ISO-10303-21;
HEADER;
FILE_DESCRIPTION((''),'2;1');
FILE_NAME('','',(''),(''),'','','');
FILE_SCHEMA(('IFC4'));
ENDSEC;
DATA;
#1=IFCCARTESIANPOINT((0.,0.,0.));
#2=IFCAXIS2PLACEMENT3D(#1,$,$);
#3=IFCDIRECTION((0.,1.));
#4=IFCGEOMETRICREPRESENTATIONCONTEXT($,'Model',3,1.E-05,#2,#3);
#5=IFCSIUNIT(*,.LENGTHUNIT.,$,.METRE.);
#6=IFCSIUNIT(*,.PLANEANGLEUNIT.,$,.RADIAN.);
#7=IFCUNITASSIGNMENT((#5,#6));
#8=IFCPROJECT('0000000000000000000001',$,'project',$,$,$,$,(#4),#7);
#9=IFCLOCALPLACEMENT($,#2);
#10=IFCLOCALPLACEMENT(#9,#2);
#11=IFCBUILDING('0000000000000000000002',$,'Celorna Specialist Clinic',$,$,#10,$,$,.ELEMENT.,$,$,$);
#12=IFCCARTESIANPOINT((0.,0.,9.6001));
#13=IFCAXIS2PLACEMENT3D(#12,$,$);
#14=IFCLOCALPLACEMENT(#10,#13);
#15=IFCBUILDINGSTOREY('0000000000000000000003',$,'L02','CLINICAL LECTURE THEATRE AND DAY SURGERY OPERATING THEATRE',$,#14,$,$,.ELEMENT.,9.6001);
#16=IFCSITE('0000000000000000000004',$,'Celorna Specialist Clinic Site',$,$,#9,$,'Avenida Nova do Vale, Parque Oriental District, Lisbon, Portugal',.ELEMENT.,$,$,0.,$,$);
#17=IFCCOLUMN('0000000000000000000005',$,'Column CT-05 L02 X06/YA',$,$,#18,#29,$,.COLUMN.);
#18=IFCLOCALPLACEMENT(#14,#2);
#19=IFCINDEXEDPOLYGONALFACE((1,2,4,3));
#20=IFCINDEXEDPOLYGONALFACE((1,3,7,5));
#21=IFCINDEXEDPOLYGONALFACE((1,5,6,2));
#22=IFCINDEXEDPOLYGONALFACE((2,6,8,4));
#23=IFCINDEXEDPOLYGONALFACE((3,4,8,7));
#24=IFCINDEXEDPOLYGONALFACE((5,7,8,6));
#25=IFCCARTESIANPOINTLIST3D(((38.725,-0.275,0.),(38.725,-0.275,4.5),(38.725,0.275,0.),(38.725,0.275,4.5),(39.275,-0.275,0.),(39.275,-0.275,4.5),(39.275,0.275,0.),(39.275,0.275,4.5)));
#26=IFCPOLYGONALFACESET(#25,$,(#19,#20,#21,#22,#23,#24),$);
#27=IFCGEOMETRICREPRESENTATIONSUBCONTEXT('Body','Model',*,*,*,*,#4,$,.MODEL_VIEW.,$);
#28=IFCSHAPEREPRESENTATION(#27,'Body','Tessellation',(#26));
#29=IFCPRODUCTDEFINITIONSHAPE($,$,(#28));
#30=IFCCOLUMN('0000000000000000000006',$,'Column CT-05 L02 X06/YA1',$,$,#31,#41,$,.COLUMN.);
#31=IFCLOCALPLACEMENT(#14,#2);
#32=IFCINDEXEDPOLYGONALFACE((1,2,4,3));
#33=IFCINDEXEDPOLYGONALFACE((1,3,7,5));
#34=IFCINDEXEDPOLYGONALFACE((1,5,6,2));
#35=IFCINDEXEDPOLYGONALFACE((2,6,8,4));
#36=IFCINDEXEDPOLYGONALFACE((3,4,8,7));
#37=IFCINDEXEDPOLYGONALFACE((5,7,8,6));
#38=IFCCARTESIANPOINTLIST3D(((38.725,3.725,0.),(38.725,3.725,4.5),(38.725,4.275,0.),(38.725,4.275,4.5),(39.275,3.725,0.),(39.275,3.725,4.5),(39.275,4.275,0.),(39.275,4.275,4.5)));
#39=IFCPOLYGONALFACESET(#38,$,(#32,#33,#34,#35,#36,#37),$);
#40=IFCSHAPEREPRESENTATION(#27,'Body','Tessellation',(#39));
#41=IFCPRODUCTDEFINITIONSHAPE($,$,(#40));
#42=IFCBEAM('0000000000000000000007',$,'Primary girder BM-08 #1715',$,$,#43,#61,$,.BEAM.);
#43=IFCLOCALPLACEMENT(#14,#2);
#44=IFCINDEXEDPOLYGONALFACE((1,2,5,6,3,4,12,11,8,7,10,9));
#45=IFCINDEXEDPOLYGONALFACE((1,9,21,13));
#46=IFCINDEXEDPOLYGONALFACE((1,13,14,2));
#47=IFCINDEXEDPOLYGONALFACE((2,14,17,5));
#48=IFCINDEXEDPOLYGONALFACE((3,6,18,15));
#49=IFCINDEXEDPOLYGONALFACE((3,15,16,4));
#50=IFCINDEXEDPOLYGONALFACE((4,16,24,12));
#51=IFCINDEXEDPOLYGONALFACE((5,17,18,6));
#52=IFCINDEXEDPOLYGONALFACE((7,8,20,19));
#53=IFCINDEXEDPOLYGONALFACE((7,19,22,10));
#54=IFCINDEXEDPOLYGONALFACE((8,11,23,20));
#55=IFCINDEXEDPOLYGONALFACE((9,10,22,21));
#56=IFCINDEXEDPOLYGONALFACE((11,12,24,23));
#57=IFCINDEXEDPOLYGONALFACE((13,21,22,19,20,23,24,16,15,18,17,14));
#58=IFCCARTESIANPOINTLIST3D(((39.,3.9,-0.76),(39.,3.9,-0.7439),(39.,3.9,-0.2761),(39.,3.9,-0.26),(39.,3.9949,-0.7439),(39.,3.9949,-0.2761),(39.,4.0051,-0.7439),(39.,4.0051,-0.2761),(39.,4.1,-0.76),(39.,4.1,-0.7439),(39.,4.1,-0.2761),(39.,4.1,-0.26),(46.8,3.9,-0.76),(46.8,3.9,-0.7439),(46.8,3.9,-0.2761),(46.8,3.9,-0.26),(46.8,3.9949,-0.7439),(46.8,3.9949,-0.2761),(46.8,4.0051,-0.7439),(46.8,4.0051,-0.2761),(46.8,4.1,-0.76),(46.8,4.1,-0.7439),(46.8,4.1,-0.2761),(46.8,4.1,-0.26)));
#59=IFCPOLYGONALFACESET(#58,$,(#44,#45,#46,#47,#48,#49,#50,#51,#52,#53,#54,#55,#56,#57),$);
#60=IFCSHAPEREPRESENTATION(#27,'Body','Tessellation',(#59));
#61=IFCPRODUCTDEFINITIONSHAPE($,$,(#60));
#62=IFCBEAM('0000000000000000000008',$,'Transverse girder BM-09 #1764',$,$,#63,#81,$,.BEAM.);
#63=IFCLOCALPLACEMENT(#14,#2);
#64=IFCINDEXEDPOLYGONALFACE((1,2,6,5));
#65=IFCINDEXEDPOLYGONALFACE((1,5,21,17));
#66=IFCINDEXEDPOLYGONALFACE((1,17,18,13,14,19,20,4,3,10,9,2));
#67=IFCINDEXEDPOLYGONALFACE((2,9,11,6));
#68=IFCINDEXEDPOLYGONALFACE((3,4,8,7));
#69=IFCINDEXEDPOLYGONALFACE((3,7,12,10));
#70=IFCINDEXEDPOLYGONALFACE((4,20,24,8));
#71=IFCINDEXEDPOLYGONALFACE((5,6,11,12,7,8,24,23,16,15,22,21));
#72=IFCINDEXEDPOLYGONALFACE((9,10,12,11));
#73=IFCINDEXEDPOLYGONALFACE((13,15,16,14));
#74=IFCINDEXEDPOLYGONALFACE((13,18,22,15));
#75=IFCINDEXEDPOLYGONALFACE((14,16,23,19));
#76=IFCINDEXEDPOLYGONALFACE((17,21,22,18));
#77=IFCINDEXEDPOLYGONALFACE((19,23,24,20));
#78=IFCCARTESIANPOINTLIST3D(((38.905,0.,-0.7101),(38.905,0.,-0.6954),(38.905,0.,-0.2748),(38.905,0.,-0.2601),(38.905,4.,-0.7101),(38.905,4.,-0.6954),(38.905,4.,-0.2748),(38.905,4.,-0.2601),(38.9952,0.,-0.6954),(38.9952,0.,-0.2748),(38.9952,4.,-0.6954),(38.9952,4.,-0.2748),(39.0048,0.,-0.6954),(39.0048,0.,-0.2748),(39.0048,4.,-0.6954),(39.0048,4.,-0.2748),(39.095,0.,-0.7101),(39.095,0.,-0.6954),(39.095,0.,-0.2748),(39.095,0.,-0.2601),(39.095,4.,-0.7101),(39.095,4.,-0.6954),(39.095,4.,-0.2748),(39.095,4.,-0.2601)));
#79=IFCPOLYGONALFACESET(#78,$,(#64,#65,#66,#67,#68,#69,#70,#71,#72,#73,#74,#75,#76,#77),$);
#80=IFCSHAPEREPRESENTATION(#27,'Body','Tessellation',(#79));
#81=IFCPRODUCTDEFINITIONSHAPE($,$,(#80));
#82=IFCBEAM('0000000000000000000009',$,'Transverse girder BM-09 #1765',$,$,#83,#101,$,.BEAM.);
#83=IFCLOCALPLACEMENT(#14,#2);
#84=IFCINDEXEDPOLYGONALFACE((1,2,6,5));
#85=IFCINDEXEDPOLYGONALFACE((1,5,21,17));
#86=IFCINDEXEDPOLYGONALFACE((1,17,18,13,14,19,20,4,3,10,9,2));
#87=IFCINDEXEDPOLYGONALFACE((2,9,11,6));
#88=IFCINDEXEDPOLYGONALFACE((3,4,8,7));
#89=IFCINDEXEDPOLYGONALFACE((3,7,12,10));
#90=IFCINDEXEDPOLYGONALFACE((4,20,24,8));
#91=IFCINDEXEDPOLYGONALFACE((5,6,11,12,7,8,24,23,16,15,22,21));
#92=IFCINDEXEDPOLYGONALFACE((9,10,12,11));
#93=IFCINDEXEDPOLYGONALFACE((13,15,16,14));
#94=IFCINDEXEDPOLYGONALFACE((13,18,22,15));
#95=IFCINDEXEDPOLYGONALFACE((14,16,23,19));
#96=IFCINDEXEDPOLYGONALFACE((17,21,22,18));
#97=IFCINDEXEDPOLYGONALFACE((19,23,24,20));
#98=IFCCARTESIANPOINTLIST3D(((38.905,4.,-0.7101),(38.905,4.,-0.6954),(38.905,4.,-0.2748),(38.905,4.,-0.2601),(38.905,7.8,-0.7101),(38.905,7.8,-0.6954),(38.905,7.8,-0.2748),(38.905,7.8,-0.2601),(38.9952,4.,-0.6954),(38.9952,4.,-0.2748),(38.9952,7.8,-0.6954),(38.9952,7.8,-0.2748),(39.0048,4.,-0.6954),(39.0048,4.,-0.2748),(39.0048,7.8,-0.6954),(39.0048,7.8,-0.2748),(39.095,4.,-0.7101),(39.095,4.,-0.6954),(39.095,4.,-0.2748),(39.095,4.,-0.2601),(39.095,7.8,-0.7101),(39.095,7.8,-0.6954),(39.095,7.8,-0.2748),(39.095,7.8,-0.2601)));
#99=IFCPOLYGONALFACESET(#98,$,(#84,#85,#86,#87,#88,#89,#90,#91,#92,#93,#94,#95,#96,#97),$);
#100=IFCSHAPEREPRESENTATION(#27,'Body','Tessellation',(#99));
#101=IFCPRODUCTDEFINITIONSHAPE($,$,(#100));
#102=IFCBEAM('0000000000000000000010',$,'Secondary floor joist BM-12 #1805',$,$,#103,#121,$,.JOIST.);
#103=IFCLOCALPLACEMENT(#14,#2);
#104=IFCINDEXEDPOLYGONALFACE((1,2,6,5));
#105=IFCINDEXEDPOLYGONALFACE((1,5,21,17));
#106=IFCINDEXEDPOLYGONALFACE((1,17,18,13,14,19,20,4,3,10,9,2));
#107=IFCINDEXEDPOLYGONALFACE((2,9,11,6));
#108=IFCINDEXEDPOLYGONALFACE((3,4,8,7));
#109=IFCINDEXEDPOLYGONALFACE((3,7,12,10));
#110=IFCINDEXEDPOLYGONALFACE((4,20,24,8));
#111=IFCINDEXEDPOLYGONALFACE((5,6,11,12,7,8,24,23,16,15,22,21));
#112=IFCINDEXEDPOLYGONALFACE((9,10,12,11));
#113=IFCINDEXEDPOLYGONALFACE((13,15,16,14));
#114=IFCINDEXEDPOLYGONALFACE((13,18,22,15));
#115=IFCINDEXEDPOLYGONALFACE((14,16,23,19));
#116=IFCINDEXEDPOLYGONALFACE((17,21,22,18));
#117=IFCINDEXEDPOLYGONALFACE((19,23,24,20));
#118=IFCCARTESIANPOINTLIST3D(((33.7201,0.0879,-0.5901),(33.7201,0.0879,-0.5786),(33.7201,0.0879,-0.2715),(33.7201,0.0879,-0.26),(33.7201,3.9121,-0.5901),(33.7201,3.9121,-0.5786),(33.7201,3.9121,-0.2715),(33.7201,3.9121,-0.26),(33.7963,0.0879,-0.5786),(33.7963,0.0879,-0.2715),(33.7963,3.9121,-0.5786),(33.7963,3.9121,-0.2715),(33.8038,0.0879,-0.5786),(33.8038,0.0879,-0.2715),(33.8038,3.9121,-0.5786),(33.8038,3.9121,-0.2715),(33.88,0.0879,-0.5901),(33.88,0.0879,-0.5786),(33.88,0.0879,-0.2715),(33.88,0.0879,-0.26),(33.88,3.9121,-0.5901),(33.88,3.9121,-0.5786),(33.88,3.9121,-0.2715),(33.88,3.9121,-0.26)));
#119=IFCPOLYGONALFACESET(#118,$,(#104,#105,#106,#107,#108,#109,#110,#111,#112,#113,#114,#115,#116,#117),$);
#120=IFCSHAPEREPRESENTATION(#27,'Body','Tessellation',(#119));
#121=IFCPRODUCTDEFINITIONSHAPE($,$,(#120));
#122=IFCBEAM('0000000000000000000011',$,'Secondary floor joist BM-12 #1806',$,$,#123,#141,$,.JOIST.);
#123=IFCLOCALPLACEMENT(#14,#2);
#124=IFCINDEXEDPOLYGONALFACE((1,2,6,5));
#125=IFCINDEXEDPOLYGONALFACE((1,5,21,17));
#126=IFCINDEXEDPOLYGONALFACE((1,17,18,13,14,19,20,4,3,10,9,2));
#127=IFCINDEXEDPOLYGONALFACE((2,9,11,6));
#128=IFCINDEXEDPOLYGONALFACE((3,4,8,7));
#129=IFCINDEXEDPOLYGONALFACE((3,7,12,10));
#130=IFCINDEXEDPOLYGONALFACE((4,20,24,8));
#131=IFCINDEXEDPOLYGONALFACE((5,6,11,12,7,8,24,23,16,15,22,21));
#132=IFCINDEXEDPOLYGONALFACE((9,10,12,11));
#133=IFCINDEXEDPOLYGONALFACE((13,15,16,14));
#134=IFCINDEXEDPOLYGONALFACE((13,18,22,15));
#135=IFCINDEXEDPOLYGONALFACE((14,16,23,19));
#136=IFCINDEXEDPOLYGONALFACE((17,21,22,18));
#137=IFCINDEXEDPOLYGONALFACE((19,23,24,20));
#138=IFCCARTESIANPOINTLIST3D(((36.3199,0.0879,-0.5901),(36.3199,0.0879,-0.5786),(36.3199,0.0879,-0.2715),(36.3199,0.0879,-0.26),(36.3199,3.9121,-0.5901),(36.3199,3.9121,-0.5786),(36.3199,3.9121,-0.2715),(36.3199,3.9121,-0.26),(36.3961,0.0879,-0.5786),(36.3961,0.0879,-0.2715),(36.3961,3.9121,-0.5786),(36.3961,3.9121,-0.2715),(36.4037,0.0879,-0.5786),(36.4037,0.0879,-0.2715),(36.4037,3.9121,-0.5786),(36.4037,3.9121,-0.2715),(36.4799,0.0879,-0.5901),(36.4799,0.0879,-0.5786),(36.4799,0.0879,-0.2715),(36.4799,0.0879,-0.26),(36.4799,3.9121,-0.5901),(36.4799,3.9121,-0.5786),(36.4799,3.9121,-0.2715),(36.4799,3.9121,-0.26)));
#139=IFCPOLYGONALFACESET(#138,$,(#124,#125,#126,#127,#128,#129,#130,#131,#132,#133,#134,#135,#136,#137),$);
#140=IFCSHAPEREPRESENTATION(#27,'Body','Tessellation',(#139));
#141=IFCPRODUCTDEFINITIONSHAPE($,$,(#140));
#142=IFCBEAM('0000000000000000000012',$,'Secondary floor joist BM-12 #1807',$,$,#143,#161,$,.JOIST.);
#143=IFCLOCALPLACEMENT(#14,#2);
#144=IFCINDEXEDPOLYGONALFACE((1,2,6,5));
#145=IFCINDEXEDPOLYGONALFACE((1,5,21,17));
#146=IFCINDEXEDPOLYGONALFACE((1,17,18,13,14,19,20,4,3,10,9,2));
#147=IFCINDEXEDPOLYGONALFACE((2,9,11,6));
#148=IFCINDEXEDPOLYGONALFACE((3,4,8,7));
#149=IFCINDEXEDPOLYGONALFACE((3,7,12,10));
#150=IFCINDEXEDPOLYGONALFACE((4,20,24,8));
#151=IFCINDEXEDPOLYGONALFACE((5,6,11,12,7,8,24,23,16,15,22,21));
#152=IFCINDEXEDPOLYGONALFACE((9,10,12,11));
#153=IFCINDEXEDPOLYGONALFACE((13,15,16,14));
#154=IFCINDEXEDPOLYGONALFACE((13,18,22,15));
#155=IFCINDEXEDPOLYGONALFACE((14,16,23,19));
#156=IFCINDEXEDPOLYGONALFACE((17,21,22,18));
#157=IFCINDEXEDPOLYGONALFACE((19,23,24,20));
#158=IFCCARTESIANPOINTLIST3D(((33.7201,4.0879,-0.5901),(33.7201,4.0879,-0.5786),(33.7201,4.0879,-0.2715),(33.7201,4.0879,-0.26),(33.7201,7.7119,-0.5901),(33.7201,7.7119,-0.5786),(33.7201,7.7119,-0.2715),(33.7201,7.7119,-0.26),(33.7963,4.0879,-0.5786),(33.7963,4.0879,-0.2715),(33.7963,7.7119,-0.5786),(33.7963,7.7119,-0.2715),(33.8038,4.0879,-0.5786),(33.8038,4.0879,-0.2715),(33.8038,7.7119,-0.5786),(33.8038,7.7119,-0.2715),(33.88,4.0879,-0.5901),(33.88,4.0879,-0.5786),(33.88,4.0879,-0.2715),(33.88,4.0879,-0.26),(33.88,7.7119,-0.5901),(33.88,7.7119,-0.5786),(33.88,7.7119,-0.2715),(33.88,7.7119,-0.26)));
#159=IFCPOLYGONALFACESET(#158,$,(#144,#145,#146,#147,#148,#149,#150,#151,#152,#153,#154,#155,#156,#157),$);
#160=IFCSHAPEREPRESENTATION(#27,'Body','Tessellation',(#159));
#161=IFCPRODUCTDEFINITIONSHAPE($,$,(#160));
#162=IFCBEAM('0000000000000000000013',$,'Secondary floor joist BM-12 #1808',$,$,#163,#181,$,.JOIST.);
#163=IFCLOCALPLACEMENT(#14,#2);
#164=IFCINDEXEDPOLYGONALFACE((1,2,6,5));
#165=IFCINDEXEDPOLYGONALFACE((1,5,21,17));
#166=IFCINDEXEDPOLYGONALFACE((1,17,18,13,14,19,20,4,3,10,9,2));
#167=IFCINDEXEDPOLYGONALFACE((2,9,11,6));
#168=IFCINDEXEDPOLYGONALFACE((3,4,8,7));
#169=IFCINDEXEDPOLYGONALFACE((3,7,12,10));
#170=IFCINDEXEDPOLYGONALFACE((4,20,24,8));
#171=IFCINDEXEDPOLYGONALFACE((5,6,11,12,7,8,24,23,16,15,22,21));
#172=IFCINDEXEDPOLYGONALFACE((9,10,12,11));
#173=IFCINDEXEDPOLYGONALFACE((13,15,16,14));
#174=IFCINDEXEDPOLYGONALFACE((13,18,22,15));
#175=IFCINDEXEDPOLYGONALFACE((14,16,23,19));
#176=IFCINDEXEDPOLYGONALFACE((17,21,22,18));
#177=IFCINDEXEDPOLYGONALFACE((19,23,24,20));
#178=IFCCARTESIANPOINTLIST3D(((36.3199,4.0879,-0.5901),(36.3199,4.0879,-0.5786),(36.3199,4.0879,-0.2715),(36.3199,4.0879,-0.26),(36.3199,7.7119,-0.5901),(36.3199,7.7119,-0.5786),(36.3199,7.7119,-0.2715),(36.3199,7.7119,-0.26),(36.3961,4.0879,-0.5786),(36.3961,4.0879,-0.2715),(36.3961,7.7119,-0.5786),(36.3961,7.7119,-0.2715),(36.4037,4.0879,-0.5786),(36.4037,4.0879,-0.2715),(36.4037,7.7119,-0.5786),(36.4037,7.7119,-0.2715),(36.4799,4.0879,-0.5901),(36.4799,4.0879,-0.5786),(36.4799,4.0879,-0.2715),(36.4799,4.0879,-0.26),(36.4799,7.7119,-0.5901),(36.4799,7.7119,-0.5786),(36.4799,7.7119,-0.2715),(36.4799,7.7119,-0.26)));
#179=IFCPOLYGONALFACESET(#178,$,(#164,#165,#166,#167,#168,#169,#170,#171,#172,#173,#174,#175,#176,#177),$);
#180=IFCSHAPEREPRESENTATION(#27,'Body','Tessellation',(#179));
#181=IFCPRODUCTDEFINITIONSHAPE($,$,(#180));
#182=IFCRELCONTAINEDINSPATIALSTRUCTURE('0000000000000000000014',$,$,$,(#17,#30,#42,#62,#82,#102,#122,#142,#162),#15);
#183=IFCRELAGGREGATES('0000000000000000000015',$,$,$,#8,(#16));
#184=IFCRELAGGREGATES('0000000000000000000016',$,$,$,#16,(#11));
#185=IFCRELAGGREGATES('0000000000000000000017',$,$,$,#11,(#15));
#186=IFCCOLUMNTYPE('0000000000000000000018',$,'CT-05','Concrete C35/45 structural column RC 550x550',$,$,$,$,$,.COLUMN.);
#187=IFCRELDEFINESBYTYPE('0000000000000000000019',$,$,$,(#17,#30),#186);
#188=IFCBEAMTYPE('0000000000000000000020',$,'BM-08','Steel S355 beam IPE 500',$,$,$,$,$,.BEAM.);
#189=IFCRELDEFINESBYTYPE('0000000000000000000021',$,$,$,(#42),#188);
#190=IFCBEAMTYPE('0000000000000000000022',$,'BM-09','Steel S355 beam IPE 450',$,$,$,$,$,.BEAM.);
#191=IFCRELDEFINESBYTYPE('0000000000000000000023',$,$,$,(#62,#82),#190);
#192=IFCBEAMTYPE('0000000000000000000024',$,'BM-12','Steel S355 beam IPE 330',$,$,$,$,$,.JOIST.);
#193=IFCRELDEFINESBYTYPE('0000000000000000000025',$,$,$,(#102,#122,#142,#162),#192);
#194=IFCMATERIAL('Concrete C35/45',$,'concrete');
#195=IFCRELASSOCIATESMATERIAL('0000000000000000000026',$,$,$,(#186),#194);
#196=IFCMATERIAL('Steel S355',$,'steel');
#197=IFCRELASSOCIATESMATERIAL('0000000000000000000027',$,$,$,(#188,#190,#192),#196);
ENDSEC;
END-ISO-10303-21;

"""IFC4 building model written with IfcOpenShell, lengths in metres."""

from ifc_helpers import new_model, si_unit, direction, frame, origin, origin_2d, place, context, subcontext, project, spatial, rectangle, i_section, extrude, material, material_profile, profile_set, type_object, element, save


model = new_model("IFC4")

# Units and contexts
model_context = context("Model", 3, precision=1e-05, world=origin(), true_north=direction((0.0, 1.0)))
body_context = subcontext(model_context, "Body", "Model", "MODEL_VIEW")
ifc_project = project(units=[si_unit("LENGTHUNIT", "METRE"), si_unit("PLANEANGLEUNIT", "RADIAN")], contexts=[model_context])

# Site, building, storey
site_placement = place(None, origin())
site = spatial("IfcSite", under=ifc_project, at=site_placement, Name="Celorna Specialist Clinic Site", LongName="Avenida Nova do Vale, Parque Oriental District, Lisbon, Portugal", CompositionType="ELEMENT", RefElevation=0.0)
building_placement = place(site_placement, origin())
building = spatial("IfcBuilding", under=site, at=building_placement, Name="Celorna Specialist Clinic", CompositionType="ELEMENT")
storey_placement = place(building_placement, frame((0.0, 0.0, 9.6001)))
storey = spatial("IfcBuildingStorey", under=building, at=storey_placement, Name="L02", Description="CLINICAL LECTURE THEATRE AND DAY SURGERY OPERATING THEATRE", CompositionType="ELEMENT", Elevation=9.6001)

# Columns
ifc_material_1 = material(Name="Concrete C35/45", Category="concrete")
ifc_material_profile_1 = material_profile(ifc_material_1, rectangle(XDim=0.55, YDim=0.55, at=origin_2d()), Name="RC 550x550")
ifc_profile_set_1 = profile_set([ifc_material_profile_1], Name="Concrete C35/45")
column_type = type_object("IfcColumnType", Name="CT-05", Description="Concrete C35/45 structural column RC 550x550", PredefinedType="COLUMN", material=ifc_profile_set_1)
for number, where, z_axis, x_axis, name in (
    (1, (39.0, 0.0, 0.0), (0.0, 0.0, 1.0), (1.0, 0.0, 0.0), "Column CT-05 L02 X06/YA"),
    (2, (39.0, 4.0, 0.0), (0.0, 0.0, 1.0), (1.0, 0.0, 0.0), "Column CT-05 L02 X06/YA1"),
):
    element("IfcColumn", number, at=place(storey_placement, frame(where, z_axis=z_axis, x_axis=x_axis)), inside=storey, type_object=column_type, Name=name, PredefinedType="COLUMN", context=body_context, shape_type="SweptSolid", body=[
        extrude(rectangle(XDim=0.55, YDim=0.55, at=origin_2d()), origin(), (0.0, 0.0, 1.0), 4.5),
    ])

# Beams
ifc_material_2 = material(Name="Steel S355", Category="steel")
ifc_material_profile_2 = material_profile(ifc_material_2, i_section(OverallWidth=0.2, OverallDepth=0.5, WebThickness=0.0103, FlangeThickness=0.0161, at=origin_2d()), Name="IPE 500")
ifc_profile_set_2 = profile_set([ifc_material_profile_2], Name="Steel S355")
beam_type_1 = type_object("IfcBeamType", Name="BM-08", Description="Steel S355 beam IPE 500", PredefinedType="BEAM", material=ifc_profile_set_2)
beam_1_placement = place(storey_placement, frame((39.0, 4.0, -0.51), z_axis=(1.0, 0.0, 0.0), x_axis=(0.0, 1.0, 0.0)))
element("IfcBeam", 3, at=beam_1_placement, inside=storey, type_object=beam_type_1, Name="Primary girder BM-08 #1715", PredefinedType="BEAM", context=body_context, shape_type="SweptSolid", body=[
    extrude(i_section(OverallWidth=0.2, OverallDepth=0.5, WebThickness=0.0103, FlangeThickness=0.0161, at=origin_2d()), origin(), (0.0, 0.0, 1.0), 7.8),
])
ifc_material_profile_3 = material_profile(ifc_material_2, i_section(OverallWidth=0.1899, OverallDepth=0.45, WebThickness=0.0095, FlangeThickness=0.0146, at=origin_2d()), Name="IPE 450")
ifc_profile_set_3 = profile_set([ifc_material_profile_3], Name="Steel S355")
beam_type_2 = type_object("IfcBeamType", Name="BM-09", Description="Steel S355 beam IPE 450", PredefinedType="BEAM", material=ifc_profile_set_3)
beam_2_placement = place(storey_placement, frame((39.0, 0.0, -0.4851), z_axis=(0.0, 1.0, 0.0), x_axis=(-1.0, 0.0, 0.0)))
element("IfcBeam", 4, at=beam_2_placement, inside=storey, type_object=beam_type_2, Name="Transverse girder BM-09 #1764", PredefinedType="BEAM", context=body_context, shape_type="SweptSolid", body=[
    extrude(i_section(OverallWidth=0.1899, OverallDepth=0.45, WebThickness=0.0095, FlangeThickness=0.0146, at=origin_2d()), origin(), (0.0, 0.0, 1.0), 4.0),
])
beam_3_placement = place(storey_placement, frame((39.0, 4.0, -0.4851), z_axis=(0.0, 1.0, 0.0), x_axis=(-1.0, 0.0, 0.0)))
element("IfcBeam", 5, at=beam_3_placement, inside=storey, type_object=beam_type_2, Name="Transverse girder BM-09 #1765", PredefinedType="BEAM", context=body_context, shape_type="SweptSolid", body=[
    extrude(i_section(OverallWidth=0.1899, OverallDepth=0.45, WebThickness=0.0095, FlangeThickness=0.0146, at=origin_2d()), origin(), (0.0, 0.0, 1.0), 3.8),
])
ifc_material_profile_4 = material_profile(ifc_material_2, i_section(OverallWidth=0.1599, OverallDepth=0.3301, WebThickness=0.0076, FlangeThickness=0.0115, at=origin_2d()), Name="IPE 330")
ifc_profile_set_4 = profile_set([ifc_material_profile_4], Name="Steel S355")
beam_type_3 = type_object("IfcBeamType", Name="BM-12", Description="Steel S355 beam IPE 330", PredefinedType="JOIST", material=ifc_profile_set_4)
for number, where, z_axis, x_axis, name in (
    (6, (33.8, 0.0879, -0.425), (0.0, 1.0, 0.0), (-1.0, 0.0, 0.0), "Secondary floor joist BM-12 #1805"),
    (7, (36.3999, 0.0879, -0.425), (0.0, 1.0, 0.0), (-1.0, 0.0, 0.0), "Secondary floor joist BM-12 #1806"),
):
    element("IfcBeam", number, at=place(storey_placement, frame(where, z_axis=z_axis, x_axis=x_axis)), inside=storey, type_object=beam_type_3, Name=name, PredefinedType="JOIST", context=body_context, shape_type="SweptSolid", body=[
        extrude(i_section(OverallWidth=0.1599, OverallDepth=0.3301, WebThickness=0.0076, FlangeThickness=0.0115, at=origin_2d()), origin(), (0.0, 0.0, 1.0), 3.8242),
    ])
for number, where, z_axis, x_axis, name in (
    (8, (33.8, 4.0879, -0.425), (0.0, 1.0, 0.0), (-1.0, 0.0, 0.0), "Secondary floor joist BM-12 #1807"),
    (9, (36.3999, 4.0879, -0.425), (0.0, 1.0, 0.0), (-1.0, 0.0, 0.0), "Secondary floor joist BM-12 #1808"),
):
    element("IfcBeam", number, at=place(storey_placement, frame(where, z_axis=z_axis, x_axis=x_axis)), inside=storey, type_object=beam_type_3, Name=name, PredefinedType="JOIST", context=body_context, shape_type="SweptSolid", body=[
        extrude(i_section(OverallWidth=0.1599, OverallDepth=0.3301, WebThickness=0.0076, FlangeThickness=0.0115, at=origin_2d()), origin(), (0.0, 0.0, 1.0), 3.624),
    ])

save(model, "model.ifc")
